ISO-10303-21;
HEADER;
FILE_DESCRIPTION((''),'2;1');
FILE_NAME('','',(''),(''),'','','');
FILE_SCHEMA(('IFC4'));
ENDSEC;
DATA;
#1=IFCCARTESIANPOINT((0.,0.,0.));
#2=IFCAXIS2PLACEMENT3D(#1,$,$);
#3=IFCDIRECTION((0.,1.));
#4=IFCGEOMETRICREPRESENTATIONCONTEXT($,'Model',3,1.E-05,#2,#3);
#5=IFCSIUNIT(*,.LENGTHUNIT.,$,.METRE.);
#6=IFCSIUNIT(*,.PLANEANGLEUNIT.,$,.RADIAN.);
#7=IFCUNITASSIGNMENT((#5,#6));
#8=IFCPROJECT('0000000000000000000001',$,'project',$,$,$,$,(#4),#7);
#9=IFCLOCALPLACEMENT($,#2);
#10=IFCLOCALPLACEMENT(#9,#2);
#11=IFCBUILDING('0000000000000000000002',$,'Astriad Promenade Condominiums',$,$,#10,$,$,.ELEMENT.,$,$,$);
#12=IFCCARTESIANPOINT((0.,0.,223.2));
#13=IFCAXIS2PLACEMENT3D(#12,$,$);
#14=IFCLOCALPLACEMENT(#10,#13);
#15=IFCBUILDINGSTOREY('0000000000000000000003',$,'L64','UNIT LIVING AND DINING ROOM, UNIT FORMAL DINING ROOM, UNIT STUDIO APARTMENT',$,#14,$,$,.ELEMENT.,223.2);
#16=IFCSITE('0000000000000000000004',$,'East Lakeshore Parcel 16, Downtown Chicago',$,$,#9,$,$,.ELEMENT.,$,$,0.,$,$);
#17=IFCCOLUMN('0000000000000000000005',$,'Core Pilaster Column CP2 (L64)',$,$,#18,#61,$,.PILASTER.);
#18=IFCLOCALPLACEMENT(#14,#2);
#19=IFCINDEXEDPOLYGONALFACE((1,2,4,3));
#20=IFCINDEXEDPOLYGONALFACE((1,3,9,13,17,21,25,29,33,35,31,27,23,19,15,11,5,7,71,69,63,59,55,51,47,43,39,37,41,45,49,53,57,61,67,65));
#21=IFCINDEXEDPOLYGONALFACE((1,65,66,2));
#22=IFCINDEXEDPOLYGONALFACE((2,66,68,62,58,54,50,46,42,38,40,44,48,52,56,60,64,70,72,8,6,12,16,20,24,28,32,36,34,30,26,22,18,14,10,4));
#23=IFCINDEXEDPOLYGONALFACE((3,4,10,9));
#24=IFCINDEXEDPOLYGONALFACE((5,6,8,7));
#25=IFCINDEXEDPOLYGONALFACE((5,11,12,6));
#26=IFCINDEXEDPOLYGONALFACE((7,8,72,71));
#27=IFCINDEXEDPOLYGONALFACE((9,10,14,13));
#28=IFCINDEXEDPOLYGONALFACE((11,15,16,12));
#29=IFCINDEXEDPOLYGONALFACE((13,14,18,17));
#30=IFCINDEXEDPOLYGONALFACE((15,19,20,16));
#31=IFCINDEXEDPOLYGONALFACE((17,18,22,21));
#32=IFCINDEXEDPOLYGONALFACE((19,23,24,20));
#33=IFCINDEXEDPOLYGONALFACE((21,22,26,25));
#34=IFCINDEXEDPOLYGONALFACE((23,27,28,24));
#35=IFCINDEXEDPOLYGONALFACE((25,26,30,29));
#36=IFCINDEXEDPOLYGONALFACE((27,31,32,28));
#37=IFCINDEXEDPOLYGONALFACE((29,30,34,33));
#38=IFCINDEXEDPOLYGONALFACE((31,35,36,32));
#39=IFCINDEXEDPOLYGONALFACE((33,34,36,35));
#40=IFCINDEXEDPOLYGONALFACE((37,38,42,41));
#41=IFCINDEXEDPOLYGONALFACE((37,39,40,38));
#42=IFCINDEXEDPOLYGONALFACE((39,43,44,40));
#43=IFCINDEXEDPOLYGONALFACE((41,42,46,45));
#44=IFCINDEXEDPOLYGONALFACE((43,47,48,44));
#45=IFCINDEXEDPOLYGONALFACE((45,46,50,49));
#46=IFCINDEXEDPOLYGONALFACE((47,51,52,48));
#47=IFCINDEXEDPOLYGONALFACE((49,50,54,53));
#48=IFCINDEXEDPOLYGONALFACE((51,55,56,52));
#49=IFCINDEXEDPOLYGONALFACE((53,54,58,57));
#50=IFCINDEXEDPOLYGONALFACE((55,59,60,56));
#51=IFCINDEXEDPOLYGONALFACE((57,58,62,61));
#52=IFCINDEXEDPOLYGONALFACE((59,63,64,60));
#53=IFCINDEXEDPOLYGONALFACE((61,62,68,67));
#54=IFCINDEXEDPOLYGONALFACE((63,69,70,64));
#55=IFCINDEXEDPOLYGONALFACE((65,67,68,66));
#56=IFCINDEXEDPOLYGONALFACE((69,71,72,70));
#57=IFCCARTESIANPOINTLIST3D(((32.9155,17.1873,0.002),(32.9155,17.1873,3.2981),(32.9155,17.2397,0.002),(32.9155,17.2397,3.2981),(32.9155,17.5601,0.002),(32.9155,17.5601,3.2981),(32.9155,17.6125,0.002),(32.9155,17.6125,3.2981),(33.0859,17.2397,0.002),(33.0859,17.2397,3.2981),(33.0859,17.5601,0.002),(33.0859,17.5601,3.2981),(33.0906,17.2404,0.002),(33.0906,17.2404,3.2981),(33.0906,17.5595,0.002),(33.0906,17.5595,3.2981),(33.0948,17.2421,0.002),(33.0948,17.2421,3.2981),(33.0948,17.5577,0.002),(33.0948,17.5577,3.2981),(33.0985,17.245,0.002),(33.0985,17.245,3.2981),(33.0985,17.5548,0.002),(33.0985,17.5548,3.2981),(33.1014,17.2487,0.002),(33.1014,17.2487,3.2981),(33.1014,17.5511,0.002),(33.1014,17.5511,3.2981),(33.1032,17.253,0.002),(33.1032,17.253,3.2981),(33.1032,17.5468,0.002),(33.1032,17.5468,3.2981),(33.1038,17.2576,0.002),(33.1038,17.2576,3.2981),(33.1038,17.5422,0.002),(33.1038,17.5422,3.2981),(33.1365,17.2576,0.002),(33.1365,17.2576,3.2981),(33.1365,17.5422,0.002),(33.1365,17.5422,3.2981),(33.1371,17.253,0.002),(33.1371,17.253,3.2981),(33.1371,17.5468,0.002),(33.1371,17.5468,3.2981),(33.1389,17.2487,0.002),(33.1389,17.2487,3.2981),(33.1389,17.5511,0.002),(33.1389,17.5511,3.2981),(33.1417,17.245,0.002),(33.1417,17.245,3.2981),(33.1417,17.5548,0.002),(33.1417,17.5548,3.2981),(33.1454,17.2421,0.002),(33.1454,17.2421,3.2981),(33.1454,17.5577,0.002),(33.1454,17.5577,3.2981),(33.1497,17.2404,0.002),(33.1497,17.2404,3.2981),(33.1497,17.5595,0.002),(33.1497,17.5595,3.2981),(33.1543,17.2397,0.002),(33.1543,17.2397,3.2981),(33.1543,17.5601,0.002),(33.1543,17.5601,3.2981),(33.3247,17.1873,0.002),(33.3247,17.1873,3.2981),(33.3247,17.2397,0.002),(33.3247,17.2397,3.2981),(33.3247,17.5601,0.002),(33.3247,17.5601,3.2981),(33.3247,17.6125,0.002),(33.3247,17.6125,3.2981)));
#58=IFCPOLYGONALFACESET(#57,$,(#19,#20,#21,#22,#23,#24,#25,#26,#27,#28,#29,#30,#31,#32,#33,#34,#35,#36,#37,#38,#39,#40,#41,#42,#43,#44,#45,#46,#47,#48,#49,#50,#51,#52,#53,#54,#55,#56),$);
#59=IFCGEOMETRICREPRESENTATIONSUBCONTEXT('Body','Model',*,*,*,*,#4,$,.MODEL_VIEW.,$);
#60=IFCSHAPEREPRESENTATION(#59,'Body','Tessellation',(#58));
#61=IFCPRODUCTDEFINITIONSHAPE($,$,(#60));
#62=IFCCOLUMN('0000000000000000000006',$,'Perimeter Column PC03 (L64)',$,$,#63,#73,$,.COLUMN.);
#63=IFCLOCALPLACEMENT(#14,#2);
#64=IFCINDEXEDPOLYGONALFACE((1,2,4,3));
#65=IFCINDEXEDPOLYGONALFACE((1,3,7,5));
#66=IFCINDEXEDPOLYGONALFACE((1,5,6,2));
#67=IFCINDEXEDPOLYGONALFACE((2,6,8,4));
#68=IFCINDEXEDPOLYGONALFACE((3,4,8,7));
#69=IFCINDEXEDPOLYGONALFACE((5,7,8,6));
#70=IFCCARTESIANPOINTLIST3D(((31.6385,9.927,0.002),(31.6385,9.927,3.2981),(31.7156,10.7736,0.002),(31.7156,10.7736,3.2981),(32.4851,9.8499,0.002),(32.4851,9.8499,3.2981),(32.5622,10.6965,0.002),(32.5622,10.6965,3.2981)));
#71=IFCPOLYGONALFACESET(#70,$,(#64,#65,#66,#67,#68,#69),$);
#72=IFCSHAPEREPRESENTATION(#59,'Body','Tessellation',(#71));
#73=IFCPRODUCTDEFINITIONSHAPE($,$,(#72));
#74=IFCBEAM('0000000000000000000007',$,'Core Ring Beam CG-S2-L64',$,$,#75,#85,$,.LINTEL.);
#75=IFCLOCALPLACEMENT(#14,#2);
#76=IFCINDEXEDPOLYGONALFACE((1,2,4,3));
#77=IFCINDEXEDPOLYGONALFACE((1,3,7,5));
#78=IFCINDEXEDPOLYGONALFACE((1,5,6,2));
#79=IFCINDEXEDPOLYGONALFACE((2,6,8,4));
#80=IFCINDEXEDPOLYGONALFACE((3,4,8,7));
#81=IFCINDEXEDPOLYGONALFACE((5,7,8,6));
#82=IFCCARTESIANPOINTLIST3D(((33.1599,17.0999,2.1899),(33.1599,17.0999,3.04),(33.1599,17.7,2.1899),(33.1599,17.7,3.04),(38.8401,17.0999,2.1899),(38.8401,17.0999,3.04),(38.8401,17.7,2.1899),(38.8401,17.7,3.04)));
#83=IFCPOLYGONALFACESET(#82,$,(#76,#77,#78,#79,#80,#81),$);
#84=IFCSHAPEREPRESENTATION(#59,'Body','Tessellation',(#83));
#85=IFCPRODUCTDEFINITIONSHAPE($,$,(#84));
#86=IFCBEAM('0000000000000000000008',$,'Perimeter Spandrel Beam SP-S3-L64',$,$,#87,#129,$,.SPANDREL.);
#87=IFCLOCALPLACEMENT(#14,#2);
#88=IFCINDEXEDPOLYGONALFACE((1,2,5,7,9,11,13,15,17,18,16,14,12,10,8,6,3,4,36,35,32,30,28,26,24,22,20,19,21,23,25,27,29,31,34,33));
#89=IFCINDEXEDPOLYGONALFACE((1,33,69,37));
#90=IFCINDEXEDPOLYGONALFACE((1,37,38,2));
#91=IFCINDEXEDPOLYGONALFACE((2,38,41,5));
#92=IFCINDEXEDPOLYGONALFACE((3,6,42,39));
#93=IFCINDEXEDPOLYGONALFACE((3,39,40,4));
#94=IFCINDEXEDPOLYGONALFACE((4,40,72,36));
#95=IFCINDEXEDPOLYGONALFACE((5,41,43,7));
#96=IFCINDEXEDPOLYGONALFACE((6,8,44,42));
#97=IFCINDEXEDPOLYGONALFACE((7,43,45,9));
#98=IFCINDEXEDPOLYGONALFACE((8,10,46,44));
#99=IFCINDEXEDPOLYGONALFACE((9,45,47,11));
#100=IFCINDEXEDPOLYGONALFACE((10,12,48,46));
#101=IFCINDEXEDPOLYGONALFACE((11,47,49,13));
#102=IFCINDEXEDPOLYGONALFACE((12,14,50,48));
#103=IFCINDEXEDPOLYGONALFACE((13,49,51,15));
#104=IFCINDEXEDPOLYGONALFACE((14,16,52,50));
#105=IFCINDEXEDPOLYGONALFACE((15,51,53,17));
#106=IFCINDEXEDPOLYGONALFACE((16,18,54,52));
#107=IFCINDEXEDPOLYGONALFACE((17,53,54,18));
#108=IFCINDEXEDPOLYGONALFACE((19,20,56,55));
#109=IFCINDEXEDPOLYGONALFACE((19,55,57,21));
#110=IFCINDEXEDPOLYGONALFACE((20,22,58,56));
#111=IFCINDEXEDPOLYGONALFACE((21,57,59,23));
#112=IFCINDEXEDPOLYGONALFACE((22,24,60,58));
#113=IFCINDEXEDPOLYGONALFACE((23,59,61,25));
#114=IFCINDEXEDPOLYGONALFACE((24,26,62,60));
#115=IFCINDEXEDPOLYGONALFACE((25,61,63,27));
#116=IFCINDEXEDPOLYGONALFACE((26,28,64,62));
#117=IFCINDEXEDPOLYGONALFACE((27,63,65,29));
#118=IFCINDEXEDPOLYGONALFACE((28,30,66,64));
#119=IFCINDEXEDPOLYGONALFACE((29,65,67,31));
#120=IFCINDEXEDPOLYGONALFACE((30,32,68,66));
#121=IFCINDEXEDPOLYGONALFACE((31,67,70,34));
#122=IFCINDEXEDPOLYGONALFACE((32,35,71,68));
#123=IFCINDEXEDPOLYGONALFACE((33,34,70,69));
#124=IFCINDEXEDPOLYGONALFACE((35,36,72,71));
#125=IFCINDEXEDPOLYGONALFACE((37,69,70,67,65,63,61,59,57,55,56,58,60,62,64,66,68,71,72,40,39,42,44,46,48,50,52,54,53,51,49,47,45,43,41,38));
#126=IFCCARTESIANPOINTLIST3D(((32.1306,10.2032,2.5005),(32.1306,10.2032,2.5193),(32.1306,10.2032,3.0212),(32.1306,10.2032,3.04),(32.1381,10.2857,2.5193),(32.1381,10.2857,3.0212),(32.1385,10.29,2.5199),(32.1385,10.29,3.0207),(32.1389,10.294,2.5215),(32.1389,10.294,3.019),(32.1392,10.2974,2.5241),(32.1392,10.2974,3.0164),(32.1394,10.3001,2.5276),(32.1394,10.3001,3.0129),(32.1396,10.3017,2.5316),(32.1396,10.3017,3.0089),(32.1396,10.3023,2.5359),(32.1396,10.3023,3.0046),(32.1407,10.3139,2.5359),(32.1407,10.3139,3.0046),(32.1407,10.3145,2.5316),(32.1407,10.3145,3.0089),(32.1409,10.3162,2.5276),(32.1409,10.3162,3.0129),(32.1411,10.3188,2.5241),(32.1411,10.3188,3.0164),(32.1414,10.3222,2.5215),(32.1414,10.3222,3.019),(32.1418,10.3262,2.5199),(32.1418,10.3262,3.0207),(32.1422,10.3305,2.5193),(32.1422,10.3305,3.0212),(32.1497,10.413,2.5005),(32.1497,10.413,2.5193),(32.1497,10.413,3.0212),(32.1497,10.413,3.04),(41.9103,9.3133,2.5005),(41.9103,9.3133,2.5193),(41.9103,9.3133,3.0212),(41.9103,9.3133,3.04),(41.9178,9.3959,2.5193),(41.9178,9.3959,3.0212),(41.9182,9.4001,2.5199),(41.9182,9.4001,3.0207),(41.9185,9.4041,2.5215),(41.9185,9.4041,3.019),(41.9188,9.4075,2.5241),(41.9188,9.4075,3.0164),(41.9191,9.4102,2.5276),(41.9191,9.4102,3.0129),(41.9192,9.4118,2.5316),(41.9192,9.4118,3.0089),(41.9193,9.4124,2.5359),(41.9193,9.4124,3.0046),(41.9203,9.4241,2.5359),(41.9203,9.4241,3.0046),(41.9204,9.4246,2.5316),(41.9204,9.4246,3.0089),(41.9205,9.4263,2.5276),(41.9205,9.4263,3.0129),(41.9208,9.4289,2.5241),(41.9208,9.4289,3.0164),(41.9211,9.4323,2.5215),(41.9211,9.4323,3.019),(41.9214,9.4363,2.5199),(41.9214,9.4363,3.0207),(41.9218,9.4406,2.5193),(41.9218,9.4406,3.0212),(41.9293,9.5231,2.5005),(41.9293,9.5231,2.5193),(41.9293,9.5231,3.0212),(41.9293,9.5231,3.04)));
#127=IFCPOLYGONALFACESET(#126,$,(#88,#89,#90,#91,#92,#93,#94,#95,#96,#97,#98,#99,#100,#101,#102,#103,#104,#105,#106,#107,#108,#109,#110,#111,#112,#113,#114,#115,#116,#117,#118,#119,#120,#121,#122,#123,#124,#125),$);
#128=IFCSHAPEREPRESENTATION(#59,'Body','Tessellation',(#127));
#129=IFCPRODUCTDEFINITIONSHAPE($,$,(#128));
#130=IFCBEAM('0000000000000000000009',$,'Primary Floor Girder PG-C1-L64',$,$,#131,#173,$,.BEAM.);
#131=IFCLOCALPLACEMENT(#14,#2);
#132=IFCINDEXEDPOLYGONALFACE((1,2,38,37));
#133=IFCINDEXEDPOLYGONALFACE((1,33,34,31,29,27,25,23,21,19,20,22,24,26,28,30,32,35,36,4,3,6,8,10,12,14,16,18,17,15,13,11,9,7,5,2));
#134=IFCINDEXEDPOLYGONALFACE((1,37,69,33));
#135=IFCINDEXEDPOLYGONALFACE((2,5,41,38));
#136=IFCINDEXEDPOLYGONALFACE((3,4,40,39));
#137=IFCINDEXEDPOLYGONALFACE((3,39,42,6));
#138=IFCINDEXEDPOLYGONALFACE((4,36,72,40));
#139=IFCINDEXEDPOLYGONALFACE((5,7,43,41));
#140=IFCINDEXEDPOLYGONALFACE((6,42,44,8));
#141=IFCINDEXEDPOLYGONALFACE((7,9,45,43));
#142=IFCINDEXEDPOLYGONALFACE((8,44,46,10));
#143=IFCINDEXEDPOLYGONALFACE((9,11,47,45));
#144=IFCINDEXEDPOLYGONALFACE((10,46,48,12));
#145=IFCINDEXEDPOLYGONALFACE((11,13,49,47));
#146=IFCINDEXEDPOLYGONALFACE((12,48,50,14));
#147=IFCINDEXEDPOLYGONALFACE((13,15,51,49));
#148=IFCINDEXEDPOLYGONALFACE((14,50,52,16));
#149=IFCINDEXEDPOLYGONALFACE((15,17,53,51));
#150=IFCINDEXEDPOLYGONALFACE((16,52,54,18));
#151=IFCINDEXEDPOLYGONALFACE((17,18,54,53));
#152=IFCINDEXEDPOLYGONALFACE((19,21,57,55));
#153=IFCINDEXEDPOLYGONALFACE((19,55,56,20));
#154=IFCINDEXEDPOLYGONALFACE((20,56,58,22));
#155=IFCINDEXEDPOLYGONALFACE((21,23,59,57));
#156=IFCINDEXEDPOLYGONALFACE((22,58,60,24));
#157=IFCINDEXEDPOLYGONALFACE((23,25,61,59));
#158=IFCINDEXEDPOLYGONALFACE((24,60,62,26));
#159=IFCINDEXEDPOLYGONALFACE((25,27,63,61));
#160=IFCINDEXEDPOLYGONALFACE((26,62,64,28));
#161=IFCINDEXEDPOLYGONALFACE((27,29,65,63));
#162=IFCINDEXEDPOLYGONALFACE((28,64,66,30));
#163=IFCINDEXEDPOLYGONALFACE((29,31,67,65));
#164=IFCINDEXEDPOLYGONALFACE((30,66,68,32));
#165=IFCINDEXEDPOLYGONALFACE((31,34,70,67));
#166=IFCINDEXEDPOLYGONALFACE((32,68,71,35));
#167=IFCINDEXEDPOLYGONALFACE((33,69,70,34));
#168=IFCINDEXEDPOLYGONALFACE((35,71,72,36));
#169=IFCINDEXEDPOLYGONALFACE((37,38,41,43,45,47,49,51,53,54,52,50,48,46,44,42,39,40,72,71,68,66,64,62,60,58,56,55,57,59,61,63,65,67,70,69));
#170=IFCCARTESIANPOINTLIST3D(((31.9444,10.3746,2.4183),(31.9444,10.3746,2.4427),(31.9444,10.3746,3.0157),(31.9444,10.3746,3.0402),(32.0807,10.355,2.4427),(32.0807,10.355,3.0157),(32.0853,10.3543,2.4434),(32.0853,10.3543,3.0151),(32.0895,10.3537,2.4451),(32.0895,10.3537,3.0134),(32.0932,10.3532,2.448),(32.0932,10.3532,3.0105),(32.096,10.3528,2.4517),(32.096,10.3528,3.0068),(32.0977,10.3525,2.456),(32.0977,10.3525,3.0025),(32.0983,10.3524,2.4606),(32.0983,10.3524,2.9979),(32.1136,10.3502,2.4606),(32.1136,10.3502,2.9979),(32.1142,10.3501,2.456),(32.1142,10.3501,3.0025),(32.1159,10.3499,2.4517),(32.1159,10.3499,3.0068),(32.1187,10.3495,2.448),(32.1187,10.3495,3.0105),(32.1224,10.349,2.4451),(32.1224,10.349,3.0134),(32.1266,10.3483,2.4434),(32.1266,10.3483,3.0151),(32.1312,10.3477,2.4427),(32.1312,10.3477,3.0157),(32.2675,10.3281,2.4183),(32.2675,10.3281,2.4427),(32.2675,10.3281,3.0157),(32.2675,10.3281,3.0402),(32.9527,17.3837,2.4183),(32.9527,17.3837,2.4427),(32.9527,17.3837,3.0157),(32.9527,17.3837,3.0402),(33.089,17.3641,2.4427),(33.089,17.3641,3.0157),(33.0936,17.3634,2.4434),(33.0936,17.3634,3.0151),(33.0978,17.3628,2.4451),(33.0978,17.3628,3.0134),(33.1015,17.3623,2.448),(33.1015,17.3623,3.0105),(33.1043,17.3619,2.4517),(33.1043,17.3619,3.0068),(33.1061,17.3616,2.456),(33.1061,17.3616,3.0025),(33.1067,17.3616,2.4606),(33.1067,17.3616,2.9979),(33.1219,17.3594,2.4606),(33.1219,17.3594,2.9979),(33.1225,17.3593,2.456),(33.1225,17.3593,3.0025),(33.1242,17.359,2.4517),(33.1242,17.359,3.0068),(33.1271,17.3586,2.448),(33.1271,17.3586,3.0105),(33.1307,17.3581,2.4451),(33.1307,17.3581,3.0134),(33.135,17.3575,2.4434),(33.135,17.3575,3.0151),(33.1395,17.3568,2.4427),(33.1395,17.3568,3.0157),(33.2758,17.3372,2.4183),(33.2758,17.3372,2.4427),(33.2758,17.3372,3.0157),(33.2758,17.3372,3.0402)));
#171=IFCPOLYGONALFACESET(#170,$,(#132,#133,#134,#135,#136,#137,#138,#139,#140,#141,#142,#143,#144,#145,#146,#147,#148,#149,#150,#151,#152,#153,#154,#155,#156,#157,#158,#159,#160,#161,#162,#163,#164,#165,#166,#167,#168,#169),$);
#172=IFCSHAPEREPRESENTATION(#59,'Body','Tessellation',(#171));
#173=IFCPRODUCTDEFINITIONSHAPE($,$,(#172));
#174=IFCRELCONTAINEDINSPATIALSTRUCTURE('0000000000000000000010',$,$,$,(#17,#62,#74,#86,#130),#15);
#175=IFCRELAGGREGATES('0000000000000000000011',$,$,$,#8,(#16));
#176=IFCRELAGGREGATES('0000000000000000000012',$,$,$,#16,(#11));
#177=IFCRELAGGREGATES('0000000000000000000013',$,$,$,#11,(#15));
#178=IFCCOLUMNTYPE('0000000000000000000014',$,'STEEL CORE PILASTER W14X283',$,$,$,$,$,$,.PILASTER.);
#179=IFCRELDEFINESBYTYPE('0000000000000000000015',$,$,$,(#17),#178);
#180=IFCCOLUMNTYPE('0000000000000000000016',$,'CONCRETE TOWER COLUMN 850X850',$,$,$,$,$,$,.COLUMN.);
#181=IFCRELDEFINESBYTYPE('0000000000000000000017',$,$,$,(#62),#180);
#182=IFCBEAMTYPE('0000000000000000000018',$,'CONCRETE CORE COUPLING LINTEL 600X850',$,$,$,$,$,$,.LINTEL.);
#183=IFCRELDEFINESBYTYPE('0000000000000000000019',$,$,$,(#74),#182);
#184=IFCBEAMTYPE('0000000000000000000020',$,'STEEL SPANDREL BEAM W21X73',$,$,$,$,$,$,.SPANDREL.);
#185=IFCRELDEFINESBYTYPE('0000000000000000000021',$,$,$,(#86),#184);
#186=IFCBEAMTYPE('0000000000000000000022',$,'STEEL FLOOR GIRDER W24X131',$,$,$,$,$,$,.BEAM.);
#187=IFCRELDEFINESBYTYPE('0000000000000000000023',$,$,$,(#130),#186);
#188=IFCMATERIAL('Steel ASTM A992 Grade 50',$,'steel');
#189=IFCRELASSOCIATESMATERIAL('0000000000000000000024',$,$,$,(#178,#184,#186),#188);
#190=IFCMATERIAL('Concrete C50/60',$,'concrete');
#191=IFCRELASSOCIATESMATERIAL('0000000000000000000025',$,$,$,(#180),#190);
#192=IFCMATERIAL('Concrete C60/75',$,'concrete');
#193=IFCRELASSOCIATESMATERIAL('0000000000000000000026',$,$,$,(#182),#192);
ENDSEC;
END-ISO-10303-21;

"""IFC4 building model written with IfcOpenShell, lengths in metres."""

from ifc_helpers import new_model, si_unit, direction, frame, origin, origin_2d, place, context, subcontext, project, spatial, rectangle, i_section, extrude, source, transform, mapped, material, material_profile, profile_set, type_object, type_shapes, element, save


model = new_model("IFC4")

# Units and contexts
model_context = context("Model", 3, precision=1e-05, world=origin(), true_north=direction((0.0, 1.0)))
body_context = subcontext(model_context, "Body", "Model", "MODEL_VIEW")
ifc_project = project(units=[si_unit("LENGTHUNIT", "METRE"), si_unit("PLANEANGLEUNIT", "RADIAN")], contexts=[model_context])

# Site, building, storey
site_placement = place(None, origin())
site = spatial("IfcSite", under=ifc_project, at=site_placement, Name="East Lakeshore Parcel 16, Downtown Chicago", CompositionType="ELEMENT", RefElevation=0.0)
building_placement = place(site_placement, origin())
building = spatial("IfcBuilding", under=site, at=building_placement, Name="Astriad Promenade Condominiums", CompositionType="ELEMENT")
storey_placement = place(building_placement, frame((0.0, 0.0, 223.2)))
storey = spatial("IfcBuildingStorey", under=building, at=storey_placement, Name="L64", Description="UNIT LIVING AND DINING ROOM, UNIT FORMAL DINING ROOM, UNIT STUDIO APARTMENT", CompositionType="ELEMENT", Elevation=223.2)

# Columns
ifc_material_1 = material(Name="Steel ASTM A992 Grade 50", Category="steel")
ifc_material_profile_1 = material_profile(ifc_material_1, i_section(OverallWidth=0.4092, OverallDepth=0.4253, WebThickness=0.0327, FlangeThickness=0.0525, FilletRadius=0.0178, at=origin_2d()), Name="W14X283")
ifc_profile_set_1 = profile_set([ifc_material_profile_1], Name="Steel ASTM A992 Grade 50")
column_type_1 = type_object("IfcColumnType", Name="STEEL CORE PILASTER W14X283", PredefinedType="PILASTER", material=ifc_profile_set_1)
shared_shape_1 = source(origin(), body_context, "Body", "SweptSolid", [
    extrude(i_section(OverallWidth=0.4092, OverallDepth=0.4253, WebThickness=0.0327, FlangeThickness=0.0525, FilletRadius=0.0178, at=origin_2d()), origin(), (0.0, 0.0, 1.0), 3.2961),
])
type_shapes(column_type_1, [shared_shape_1])
column_1_placement = place(storey_placement, frame((33.1201, 17.3999, 0.002), z_axis=(0.0, 0.0, 1.0), x_axis=(1.0, 0.0, 0.0)))
element("IfcColumn", 1, at=column_1_placement, inside=storey, type_object=column_type_1, Name="Core Pilaster Column CP2 (L64)", PredefinedType="PILASTER", context=body_context, shape_type="MappedRepresentation", body=[
    mapped(shared_shape_1, transform((0.0, 0.0, 0.0), scale=1.0)),
])
ifc_material_2 = material(Name="Concrete C50/60", Category="concrete")
ifc_material_profile_2 = material_profile(ifc_material_2, rectangle(XDim=0.8501, YDim=0.8501, at=origin_2d()), Name="RC-COL-850X850")
ifc_profile_set_2 = profile_set([ifc_material_profile_2], Name="Concrete C50/60")
column_type_2 = type_object("IfcColumnType", Name="CONCRETE TOWER COLUMN 850X850", PredefinedType="COLUMN", material=ifc_profile_set_2)
shared_shape_2 = source(origin(), body_context, "Body", "SweptSolid", [
    extrude(rectangle(XDim=0.8501, YDim=0.8501, at=origin_2d()), origin(), (0.0, 0.0, 1.0), 3.2961),
])
type_shapes(column_type_2, [shared_shape_2])
column_2_placement = place(storey_placement, frame((32.1003, 10.3118, 0.002), z_axis=(0.0, 0.0, 1.0), x_axis=(0.995884, -0.090633, 0.0)))
element("IfcColumn", 2, at=column_2_placement, inside=storey, type_object=column_type_2, Name="Perimeter Column PC03 (L64)", PredefinedType="COLUMN", context=body_context, shape_type="MappedRepresentation", body=[
    mapped(shared_shape_2, transform((0.0, 0.0, 0.0), scale=1.0)),
])

# Beams
ifc_material_3 = material(Name="Concrete C60/75", Category="concrete")
ifc_material_profile_3 = material_profile(ifc_material_3, rectangle(XDim=0.6001, YDim=0.8501, at=origin_2d()), Name="RC-BM-600X850")
ifc_profile_set_3 = profile_set([ifc_material_profile_3], Name="Concrete C60/75")
beam_type_1 = type_object("IfcBeamType", Name="CONCRETE CORE COUPLING LINTEL 600X850", PredefinedType="LINTEL", material=ifc_profile_set_3)
shared_shape_3 = source(origin(), body_context, "Body", "SweptSolid", [
    extrude(rectangle(XDim=0.6001, YDim=0.8501, at=origin_2d()), origin(), (0.0, 0.0, 1.0), 5.6802),
])
type_shapes(beam_type_1, [shared_shape_3])
beam_1_placement = place(storey_placement, frame((33.1599, 17.3999, 2.615), z_axis=(1.0, 0.0, 0.0), x_axis=(0.0, 1.0, 0.0)))
element("IfcBeam", 3, at=beam_1_placement, inside=storey, type_object=beam_type_1, Name="Core Ring Beam CG-S2-L64", PredefinedType="LINTEL", context=body_context, shape_type="MappedRepresentation", body=[
    mapped(shared_shape_3, transform((0.0, 0.0, 0.0), scale=1.0)),
])
ifc_material_profile_4 = material_profile(ifc_material_1, i_section(OverallWidth=0.2107, OverallDepth=0.5396, WebThickness=0.0117, FlangeThickness=0.0188, FilletRadius=0.0166, at=origin_2d()), Name="W21X73")
ifc_profile_set_4 = profile_set([ifc_material_profile_4], Name="Steel ASTM A992 Grade 50")
beam_type_2 = type_object("IfcBeamType", Name="STEEL SPANDREL BEAM W21X73", PredefinedType="SPANDREL", material=ifc_profile_set_4)
shared_shape_4 = source(origin(), body_context, "Body", "SweptSolid", [
    extrude(i_section(OverallWidth=0.2107, OverallDepth=0.5396, WebThickness=0.0117, FlangeThickness=0.0188, FilletRadius=0.0166, at=origin_2d()), origin(), (0.0, 0.0, 1.0), 9.8201),
])
type_shapes(beam_type_2, [shared_shape_4])
beam_2_placement = place(storey_placement, frame((32.1401, 10.3081, 2.7703), z_axis=(0.995886, -0.090619, 0.0), x_axis=(0.090619, 0.995886, 0.0)))
element("IfcBeam", 4, at=beam_2_placement, inside=storey, type_object=beam_type_2, Name="Perimeter Spandrel Beam SP-S3-L64", PredefinedType="SPANDREL", context=body_context, shape_type="MappedRepresentation", body=[
    mapped(shared_shape_4, transform((0.0, 0.0, 0.0), scale=1.0)),
])
ifc_material_profile_5 = material_profile(ifc_material_1, i_section(OverallWidth=0.3264, OverallDepth=0.6218, WebThickness=0.0154, FlangeThickness=0.0244, FilletRadius=0.0178, at=origin_2d()), Name="W24X131")
ifc_profile_set_5 = profile_set([ifc_material_profile_5], Name="Steel ASTM A992 Grade 50")
beam_type_3 = type_object("IfcBeamType", Name="STEEL FLOOR GIRDER W24X131", PredefinedType="BEAM", material=ifc_profile_set_5)
shared_shape_5 = source(origin(), body_context, "Body", "SweptSolid", [
    extrude(i_section(OverallWidth=0.3264, OverallDepth=0.6218, WebThickness=0.0154, FlangeThickness=0.0244, FilletRadius=0.0178, at=origin_2d()), origin(), (0.0, 0.0, 1.0), 7.0813),
])
beam_3_placement = place(storey_placement, frame((32.106, 10.3513, 2.7292), z_axis=(0.142391, 0.98981, 0.0), x_axis=(-0.98981, 0.142391, 0.0)))
element("IfcBeam", 5, at=beam_3_placement, inside=storey, type_object=beam_type_3, Name="Primary Floor Girder PG-C1-L64", PredefinedType="BEAM", context=body_context, shape_type="MappedRepresentation", body=[
    mapped(shared_shape_5, transform((0.0, 0.0, 0.0), scale=1.0)),
])

save(model, "model.ifc")
